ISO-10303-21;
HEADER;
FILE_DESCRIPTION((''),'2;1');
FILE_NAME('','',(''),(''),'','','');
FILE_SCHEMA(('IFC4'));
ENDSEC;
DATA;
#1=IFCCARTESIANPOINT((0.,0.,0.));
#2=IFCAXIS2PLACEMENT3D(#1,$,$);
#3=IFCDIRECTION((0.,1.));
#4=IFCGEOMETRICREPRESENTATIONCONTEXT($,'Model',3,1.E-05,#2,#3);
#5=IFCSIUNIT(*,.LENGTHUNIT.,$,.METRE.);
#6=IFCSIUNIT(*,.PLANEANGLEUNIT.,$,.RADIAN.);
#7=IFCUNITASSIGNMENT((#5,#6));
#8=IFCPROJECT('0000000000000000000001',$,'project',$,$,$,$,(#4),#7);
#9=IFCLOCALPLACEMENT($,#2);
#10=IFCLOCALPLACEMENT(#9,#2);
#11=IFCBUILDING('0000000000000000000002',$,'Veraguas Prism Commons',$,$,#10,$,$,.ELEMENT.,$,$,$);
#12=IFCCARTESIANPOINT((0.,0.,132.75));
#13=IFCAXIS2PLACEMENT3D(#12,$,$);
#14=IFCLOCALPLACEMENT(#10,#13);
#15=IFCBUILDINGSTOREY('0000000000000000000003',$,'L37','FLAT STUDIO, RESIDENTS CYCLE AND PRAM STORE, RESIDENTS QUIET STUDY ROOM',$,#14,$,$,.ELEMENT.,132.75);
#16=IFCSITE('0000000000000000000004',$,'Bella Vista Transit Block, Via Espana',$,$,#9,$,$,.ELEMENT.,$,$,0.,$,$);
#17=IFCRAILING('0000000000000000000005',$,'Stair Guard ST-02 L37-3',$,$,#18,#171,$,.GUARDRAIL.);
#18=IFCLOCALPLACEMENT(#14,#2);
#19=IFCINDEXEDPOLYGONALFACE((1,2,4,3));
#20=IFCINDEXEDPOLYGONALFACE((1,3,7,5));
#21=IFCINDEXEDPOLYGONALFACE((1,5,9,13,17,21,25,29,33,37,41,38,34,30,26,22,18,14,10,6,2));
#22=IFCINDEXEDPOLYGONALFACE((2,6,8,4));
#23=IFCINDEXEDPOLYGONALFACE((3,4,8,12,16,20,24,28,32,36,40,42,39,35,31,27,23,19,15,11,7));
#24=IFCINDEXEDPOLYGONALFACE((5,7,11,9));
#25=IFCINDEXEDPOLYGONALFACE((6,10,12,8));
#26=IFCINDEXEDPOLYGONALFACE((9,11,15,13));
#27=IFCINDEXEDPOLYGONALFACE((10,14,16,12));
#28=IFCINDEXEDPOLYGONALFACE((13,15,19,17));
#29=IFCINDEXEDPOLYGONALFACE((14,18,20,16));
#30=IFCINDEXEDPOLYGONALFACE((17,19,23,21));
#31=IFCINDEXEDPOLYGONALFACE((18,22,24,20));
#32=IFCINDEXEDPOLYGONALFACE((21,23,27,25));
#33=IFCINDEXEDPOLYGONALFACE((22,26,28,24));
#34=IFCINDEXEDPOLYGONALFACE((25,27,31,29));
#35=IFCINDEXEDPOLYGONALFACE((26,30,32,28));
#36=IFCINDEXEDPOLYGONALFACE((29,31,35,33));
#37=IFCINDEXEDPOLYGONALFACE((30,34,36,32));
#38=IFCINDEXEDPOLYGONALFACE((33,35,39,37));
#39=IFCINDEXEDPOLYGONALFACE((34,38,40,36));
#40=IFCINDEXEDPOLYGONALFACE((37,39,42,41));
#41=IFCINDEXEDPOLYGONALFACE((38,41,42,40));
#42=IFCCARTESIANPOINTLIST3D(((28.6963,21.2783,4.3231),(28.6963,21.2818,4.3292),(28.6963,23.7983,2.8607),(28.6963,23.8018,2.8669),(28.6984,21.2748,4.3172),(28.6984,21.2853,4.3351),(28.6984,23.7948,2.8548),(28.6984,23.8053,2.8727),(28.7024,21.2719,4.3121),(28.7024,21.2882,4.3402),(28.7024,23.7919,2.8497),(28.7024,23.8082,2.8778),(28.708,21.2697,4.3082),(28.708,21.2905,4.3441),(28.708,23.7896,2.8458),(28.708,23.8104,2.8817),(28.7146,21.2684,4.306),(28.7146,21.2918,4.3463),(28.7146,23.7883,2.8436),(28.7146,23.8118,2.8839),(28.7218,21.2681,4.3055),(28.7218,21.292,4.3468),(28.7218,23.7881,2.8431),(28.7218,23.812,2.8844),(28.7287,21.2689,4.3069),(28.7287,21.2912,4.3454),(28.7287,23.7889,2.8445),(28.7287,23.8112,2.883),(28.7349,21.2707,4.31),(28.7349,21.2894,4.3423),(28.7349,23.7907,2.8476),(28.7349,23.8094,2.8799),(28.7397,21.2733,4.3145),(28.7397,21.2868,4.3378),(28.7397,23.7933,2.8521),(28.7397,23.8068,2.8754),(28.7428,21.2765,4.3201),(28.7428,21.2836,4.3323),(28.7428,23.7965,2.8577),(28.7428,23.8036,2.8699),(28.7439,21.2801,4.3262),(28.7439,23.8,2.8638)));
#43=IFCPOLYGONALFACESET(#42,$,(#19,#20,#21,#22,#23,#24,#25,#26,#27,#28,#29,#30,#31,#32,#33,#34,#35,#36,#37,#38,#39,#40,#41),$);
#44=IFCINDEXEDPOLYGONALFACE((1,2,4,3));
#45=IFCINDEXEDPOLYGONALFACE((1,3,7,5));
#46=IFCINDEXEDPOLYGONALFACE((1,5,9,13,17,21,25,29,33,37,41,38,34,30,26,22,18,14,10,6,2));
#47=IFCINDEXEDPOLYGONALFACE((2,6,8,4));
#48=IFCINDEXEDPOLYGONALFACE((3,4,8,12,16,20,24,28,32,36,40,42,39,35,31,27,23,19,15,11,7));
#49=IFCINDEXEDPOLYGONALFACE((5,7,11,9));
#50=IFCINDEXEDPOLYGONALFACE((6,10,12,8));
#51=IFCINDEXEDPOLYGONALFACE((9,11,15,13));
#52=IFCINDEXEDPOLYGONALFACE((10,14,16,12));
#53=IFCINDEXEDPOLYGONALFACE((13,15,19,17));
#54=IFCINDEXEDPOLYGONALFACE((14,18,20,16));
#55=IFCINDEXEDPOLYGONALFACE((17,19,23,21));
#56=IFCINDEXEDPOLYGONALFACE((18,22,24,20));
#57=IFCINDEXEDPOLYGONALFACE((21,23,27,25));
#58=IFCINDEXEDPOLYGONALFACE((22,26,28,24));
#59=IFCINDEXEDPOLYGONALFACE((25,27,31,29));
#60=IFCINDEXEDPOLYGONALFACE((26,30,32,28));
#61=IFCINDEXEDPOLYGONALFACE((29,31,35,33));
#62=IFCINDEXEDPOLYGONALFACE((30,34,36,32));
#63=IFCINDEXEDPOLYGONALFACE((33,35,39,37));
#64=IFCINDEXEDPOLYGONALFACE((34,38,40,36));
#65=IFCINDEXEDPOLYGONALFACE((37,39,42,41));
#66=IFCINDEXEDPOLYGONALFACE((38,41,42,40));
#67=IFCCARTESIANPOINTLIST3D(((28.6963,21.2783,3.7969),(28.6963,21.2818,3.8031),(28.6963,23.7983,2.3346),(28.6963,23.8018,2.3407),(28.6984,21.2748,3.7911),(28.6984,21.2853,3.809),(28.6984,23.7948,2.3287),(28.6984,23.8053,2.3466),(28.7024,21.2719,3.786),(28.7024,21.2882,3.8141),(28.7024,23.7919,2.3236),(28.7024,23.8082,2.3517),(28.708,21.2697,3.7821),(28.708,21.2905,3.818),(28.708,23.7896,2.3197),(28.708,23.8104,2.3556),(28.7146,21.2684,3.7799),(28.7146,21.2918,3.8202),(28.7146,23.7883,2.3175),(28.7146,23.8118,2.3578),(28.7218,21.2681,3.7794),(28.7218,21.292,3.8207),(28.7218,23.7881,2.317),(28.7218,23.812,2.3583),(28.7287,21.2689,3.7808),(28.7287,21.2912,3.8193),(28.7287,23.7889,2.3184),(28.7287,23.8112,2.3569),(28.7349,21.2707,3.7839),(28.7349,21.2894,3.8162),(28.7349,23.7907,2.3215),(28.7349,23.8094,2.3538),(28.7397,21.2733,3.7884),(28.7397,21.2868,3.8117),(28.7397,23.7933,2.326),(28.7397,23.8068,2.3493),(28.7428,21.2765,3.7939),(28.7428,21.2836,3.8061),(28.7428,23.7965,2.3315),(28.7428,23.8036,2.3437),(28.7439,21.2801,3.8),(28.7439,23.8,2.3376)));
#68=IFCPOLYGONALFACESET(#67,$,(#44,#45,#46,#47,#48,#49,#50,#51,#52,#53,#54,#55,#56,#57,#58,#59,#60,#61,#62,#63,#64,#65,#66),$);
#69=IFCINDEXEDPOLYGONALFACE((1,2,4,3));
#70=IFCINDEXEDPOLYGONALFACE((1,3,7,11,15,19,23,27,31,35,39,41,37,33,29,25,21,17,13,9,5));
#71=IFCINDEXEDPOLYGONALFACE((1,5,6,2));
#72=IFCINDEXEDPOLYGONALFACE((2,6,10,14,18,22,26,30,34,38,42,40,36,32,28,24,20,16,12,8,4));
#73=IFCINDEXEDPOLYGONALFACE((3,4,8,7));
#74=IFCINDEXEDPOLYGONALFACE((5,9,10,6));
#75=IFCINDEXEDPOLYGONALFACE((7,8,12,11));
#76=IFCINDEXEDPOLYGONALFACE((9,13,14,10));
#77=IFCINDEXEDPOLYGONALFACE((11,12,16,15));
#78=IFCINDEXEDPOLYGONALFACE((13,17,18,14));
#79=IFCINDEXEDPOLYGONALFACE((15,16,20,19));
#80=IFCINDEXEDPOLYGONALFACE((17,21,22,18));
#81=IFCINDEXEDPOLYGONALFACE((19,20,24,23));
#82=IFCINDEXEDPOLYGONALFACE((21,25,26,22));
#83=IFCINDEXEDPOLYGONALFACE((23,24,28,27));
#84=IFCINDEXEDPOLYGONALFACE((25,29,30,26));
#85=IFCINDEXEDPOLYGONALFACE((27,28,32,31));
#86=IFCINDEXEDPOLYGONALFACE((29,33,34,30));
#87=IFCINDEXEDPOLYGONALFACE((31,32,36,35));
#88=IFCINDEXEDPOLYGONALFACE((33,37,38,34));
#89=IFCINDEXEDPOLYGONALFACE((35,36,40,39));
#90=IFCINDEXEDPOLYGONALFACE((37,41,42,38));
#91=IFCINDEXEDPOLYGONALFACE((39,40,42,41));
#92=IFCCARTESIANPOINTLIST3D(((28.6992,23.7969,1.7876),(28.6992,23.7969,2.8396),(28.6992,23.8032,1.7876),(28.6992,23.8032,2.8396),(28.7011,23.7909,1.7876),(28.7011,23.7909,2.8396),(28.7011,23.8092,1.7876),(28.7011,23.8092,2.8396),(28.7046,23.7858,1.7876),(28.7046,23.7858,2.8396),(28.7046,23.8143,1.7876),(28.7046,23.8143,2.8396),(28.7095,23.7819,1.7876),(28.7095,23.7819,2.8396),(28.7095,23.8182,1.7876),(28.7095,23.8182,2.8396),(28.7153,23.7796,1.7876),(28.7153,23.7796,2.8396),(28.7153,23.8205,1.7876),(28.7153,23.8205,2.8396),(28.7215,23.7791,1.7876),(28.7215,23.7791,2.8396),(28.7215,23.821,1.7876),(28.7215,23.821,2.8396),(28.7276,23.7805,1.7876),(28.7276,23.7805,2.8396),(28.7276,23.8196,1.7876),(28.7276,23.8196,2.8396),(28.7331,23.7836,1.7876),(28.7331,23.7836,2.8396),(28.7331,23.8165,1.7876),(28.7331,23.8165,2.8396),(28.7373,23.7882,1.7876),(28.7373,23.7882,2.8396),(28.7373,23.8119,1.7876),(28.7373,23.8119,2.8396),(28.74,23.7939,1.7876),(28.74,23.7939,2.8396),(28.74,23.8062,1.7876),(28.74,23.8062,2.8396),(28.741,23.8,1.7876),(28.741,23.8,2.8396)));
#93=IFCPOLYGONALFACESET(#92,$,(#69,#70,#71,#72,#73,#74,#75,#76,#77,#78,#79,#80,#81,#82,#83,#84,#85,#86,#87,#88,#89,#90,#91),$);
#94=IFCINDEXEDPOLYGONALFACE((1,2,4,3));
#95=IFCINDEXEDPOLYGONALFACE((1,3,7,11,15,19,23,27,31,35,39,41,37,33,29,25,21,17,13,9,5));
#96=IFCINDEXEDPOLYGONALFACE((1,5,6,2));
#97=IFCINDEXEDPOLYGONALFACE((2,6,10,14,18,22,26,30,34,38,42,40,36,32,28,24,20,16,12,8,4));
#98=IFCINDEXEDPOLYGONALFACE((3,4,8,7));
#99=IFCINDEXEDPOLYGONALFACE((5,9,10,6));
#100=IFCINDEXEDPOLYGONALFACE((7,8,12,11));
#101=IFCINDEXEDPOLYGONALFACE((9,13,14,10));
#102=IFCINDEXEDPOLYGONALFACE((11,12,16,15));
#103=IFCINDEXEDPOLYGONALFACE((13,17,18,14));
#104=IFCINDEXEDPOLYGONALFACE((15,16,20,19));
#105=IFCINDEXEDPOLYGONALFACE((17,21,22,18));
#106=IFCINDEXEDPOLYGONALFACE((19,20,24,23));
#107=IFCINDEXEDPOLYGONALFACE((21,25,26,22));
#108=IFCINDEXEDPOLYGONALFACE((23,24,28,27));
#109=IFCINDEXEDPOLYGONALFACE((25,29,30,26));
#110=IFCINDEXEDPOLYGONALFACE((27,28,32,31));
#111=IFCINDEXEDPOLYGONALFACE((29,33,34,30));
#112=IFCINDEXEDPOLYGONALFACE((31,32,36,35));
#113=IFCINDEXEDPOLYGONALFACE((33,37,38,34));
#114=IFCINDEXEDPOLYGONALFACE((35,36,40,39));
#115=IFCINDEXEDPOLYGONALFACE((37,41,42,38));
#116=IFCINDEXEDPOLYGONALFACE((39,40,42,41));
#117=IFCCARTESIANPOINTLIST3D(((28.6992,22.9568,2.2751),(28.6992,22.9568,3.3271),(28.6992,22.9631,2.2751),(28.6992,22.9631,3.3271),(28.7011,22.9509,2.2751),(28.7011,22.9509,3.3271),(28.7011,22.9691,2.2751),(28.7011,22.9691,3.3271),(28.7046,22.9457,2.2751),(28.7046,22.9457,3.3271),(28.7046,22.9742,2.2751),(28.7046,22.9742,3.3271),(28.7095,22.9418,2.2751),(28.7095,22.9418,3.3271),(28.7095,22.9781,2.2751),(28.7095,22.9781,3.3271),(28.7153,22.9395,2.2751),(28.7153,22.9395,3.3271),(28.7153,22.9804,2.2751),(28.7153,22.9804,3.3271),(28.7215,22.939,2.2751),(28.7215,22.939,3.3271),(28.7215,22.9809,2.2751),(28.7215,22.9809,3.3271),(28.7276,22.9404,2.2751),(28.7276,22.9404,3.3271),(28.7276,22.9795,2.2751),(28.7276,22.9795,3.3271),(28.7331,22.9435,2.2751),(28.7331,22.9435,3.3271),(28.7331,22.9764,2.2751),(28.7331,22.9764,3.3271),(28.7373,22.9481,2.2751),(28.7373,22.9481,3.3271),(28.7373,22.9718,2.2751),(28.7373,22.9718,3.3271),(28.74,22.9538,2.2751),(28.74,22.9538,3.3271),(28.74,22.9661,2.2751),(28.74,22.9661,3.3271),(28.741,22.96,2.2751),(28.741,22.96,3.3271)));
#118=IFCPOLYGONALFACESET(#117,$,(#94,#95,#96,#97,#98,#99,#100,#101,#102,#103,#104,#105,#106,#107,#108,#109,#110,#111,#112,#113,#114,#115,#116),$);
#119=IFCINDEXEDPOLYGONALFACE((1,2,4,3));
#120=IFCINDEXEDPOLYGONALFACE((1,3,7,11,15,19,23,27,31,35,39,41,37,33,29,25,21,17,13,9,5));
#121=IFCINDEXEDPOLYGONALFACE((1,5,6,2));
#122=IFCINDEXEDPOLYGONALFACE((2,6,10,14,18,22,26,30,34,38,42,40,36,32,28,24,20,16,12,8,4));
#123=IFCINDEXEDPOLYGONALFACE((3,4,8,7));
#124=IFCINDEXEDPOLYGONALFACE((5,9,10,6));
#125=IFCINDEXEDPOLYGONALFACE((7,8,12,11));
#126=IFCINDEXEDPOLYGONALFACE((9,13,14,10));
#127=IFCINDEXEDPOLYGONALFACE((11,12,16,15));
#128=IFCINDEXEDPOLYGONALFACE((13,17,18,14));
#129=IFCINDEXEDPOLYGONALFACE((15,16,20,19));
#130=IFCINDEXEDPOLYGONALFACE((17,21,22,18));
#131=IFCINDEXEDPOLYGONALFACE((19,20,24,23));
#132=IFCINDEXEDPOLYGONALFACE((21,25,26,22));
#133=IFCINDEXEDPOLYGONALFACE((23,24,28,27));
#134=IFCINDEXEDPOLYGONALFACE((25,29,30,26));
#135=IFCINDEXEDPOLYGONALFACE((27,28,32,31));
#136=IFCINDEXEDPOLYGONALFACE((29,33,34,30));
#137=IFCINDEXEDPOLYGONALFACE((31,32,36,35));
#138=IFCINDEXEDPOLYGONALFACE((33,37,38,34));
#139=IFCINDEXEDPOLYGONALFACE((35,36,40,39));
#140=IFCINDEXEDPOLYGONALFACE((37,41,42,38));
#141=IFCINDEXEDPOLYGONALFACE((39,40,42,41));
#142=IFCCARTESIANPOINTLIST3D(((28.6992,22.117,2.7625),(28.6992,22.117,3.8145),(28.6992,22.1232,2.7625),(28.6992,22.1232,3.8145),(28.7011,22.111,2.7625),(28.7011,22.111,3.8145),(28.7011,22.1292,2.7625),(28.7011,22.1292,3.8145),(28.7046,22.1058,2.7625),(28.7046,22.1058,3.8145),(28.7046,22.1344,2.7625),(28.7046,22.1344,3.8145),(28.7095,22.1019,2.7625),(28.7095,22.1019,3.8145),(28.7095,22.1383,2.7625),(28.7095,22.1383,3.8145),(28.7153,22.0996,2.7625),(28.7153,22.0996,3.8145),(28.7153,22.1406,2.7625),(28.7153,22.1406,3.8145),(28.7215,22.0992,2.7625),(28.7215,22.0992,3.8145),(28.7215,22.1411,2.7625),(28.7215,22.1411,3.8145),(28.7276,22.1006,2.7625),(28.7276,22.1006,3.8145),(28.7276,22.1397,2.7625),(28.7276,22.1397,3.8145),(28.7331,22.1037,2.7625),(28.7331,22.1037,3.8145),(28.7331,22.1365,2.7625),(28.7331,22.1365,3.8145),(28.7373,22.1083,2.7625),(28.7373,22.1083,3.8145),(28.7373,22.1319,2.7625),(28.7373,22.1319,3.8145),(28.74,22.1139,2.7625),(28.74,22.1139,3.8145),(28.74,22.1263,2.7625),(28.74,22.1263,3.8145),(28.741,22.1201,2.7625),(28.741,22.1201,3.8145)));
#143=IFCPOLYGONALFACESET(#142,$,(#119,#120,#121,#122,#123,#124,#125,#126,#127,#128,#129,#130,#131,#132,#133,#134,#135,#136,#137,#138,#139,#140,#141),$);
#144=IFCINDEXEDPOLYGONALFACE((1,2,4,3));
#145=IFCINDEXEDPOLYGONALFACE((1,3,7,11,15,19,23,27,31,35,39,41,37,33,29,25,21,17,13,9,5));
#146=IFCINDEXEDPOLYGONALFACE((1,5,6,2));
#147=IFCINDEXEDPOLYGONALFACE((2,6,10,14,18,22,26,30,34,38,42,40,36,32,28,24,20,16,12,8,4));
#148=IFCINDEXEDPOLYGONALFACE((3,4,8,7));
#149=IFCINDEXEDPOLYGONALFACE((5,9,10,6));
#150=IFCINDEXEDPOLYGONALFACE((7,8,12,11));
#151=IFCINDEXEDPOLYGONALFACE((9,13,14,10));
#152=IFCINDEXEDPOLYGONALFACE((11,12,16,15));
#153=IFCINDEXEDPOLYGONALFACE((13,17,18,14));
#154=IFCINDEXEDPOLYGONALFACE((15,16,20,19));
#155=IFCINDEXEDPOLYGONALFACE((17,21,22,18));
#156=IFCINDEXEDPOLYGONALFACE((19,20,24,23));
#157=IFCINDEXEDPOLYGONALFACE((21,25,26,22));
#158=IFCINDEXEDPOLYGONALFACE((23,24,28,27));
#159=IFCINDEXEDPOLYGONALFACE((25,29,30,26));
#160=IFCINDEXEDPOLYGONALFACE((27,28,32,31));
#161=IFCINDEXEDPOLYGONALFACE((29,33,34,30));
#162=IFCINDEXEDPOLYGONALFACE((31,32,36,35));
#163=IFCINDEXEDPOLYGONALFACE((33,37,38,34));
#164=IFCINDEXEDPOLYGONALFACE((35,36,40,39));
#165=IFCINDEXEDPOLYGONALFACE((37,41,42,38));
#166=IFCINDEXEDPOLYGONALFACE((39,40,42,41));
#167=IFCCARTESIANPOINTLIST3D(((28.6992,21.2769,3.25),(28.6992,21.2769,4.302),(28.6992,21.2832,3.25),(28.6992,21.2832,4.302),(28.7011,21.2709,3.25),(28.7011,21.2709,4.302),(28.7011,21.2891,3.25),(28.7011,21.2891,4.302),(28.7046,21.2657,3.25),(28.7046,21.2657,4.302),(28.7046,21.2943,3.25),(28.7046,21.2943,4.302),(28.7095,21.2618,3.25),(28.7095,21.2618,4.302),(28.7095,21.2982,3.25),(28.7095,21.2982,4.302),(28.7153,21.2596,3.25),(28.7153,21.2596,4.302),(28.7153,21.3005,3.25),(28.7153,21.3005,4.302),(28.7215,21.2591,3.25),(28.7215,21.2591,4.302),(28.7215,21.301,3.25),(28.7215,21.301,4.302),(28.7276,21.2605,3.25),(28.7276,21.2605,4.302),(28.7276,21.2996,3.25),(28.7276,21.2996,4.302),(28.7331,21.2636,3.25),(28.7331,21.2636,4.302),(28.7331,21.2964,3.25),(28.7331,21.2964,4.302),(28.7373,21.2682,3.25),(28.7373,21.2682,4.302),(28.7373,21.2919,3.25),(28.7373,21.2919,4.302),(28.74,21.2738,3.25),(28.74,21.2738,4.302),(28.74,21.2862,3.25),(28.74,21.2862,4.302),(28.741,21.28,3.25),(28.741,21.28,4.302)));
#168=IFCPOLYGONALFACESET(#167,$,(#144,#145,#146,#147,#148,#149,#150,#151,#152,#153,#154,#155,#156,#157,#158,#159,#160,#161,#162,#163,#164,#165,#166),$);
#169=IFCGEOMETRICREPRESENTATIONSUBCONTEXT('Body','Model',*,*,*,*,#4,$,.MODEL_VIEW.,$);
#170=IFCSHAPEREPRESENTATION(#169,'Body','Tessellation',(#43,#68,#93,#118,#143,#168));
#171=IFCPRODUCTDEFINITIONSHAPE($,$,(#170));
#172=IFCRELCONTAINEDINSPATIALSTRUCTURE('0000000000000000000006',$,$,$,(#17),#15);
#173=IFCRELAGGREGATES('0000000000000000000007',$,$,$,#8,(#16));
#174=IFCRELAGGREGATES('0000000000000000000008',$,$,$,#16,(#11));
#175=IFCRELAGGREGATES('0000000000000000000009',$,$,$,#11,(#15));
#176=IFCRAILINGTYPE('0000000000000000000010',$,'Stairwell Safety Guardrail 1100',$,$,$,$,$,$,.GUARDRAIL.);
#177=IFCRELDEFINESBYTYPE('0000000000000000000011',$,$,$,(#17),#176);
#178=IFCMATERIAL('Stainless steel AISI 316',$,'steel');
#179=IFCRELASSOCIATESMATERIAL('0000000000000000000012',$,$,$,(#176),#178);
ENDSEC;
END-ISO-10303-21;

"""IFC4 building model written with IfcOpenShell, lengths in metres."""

from ifc_helpers import new_model, si_unit, direction, frame, origin, origin_2d, place, context, subcontext, project, spatial, circle, extrude, material, type_object, element, save


model = new_model("IFC4")

# Units and contexts
model_context = context("Model", 3, precision=1e-05, world=origin(), true_north=direction((0.0, 1.0)))
body_context = subcontext(model_context, "Body", "Model", "MODEL_VIEW")
ifc_project = project(units=[si_unit("LENGTHUNIT", "METRE"), si_unit("PLANEANGLEUNIT", "RADIAN")], contexts=[model_context])

# Site, building, storey
site_placement = place(None, origin())
site = spatial("IfcSite", under=ifc_project, at=site_placement, Name="Bella Vista Transit Block, Via Espana", CompositionType="ELEMENT", RefElevation=0.0)
building_placement = place(site_placement, origin())
building = spatial("IfcBuilding", under=site, at=building_placement, Name="Veraguas Prism Commons", CompositionType="ELEMENT")
storey_placement = place(building_placement, frame((0.0, 0.0, 132.75)))
storey = spatial("IfcBuildingStorey", under=building, at=storey_placement, Name="L37", Description="FLAT STUDIO, RESIDENTS CYCLE AND PRAM STORE, RESIDENTS QUIET STUDY ROOM", CompositionType="ELEMENT", Elevation=132.75)

# Shared definitions
ifc_material_1 = material(Name="Stainless steel AISI 316", Category="steel")

# Railing
railing_type_1 = type_object("IfcRailingType", Name="Stairwell Safety Guardrail 1100", PredefinedType="GUARDRAIL", material=ifc_material_1)
railing_1_placement = place(storey_placement, frame((28.72, 23.8, 1.7876)))
element("IfcRailing", 1, at=railing_1_placement, inside=storey, type_object=railing_type_1, Name="Stair Guard ST-02 L37-3", PredefinedType="GUARDRAIL", context=body_context, shape_type="SweptSolid", body=[
    extrude(circle(Radius=0.0239, at=origin_2d()), frame((0.0, 0.0, 1.0762), z_axis=(0.0, -0.864913, 0.501921), x_axis=(1.0, 0.0, 0.0)), (0.0, 0.0, 1.0), 2.9136),
    extrude(circle(Radius=0.0239, at=origin_2d()), frame((0.0, 0.0, 0.55), z_axis=(0.0, -0.864913, 0.501921), x_axis=(1.0, 0.0, 0.0)), (0.0, 0.0, 1.0), 2.9136),
    extrude(circle(Radius=0.021, at=origin_2d()), origin(), (0.0, 0.0, 1.0), 1.052),
    extrude(circle(Radius=0.021, at=origin_2d()), frame((0.0, -0.8401, 0.4875)), (0.0, 0.0, 1.0), 1.052),
    extrude(circle(Radius=0.021, at=origin_2d()), frame((0.0, -1.6799, 0.9749)), (0.0, 0.0, 1.0), 1.052),
    extrude(circle(Radius=0.021, at=origin_2d()), frame((0.0, -2.52, 1.4624)), (0.0, 0.0, 1.0), 1.052),
])

save(model, "model.ifc")
